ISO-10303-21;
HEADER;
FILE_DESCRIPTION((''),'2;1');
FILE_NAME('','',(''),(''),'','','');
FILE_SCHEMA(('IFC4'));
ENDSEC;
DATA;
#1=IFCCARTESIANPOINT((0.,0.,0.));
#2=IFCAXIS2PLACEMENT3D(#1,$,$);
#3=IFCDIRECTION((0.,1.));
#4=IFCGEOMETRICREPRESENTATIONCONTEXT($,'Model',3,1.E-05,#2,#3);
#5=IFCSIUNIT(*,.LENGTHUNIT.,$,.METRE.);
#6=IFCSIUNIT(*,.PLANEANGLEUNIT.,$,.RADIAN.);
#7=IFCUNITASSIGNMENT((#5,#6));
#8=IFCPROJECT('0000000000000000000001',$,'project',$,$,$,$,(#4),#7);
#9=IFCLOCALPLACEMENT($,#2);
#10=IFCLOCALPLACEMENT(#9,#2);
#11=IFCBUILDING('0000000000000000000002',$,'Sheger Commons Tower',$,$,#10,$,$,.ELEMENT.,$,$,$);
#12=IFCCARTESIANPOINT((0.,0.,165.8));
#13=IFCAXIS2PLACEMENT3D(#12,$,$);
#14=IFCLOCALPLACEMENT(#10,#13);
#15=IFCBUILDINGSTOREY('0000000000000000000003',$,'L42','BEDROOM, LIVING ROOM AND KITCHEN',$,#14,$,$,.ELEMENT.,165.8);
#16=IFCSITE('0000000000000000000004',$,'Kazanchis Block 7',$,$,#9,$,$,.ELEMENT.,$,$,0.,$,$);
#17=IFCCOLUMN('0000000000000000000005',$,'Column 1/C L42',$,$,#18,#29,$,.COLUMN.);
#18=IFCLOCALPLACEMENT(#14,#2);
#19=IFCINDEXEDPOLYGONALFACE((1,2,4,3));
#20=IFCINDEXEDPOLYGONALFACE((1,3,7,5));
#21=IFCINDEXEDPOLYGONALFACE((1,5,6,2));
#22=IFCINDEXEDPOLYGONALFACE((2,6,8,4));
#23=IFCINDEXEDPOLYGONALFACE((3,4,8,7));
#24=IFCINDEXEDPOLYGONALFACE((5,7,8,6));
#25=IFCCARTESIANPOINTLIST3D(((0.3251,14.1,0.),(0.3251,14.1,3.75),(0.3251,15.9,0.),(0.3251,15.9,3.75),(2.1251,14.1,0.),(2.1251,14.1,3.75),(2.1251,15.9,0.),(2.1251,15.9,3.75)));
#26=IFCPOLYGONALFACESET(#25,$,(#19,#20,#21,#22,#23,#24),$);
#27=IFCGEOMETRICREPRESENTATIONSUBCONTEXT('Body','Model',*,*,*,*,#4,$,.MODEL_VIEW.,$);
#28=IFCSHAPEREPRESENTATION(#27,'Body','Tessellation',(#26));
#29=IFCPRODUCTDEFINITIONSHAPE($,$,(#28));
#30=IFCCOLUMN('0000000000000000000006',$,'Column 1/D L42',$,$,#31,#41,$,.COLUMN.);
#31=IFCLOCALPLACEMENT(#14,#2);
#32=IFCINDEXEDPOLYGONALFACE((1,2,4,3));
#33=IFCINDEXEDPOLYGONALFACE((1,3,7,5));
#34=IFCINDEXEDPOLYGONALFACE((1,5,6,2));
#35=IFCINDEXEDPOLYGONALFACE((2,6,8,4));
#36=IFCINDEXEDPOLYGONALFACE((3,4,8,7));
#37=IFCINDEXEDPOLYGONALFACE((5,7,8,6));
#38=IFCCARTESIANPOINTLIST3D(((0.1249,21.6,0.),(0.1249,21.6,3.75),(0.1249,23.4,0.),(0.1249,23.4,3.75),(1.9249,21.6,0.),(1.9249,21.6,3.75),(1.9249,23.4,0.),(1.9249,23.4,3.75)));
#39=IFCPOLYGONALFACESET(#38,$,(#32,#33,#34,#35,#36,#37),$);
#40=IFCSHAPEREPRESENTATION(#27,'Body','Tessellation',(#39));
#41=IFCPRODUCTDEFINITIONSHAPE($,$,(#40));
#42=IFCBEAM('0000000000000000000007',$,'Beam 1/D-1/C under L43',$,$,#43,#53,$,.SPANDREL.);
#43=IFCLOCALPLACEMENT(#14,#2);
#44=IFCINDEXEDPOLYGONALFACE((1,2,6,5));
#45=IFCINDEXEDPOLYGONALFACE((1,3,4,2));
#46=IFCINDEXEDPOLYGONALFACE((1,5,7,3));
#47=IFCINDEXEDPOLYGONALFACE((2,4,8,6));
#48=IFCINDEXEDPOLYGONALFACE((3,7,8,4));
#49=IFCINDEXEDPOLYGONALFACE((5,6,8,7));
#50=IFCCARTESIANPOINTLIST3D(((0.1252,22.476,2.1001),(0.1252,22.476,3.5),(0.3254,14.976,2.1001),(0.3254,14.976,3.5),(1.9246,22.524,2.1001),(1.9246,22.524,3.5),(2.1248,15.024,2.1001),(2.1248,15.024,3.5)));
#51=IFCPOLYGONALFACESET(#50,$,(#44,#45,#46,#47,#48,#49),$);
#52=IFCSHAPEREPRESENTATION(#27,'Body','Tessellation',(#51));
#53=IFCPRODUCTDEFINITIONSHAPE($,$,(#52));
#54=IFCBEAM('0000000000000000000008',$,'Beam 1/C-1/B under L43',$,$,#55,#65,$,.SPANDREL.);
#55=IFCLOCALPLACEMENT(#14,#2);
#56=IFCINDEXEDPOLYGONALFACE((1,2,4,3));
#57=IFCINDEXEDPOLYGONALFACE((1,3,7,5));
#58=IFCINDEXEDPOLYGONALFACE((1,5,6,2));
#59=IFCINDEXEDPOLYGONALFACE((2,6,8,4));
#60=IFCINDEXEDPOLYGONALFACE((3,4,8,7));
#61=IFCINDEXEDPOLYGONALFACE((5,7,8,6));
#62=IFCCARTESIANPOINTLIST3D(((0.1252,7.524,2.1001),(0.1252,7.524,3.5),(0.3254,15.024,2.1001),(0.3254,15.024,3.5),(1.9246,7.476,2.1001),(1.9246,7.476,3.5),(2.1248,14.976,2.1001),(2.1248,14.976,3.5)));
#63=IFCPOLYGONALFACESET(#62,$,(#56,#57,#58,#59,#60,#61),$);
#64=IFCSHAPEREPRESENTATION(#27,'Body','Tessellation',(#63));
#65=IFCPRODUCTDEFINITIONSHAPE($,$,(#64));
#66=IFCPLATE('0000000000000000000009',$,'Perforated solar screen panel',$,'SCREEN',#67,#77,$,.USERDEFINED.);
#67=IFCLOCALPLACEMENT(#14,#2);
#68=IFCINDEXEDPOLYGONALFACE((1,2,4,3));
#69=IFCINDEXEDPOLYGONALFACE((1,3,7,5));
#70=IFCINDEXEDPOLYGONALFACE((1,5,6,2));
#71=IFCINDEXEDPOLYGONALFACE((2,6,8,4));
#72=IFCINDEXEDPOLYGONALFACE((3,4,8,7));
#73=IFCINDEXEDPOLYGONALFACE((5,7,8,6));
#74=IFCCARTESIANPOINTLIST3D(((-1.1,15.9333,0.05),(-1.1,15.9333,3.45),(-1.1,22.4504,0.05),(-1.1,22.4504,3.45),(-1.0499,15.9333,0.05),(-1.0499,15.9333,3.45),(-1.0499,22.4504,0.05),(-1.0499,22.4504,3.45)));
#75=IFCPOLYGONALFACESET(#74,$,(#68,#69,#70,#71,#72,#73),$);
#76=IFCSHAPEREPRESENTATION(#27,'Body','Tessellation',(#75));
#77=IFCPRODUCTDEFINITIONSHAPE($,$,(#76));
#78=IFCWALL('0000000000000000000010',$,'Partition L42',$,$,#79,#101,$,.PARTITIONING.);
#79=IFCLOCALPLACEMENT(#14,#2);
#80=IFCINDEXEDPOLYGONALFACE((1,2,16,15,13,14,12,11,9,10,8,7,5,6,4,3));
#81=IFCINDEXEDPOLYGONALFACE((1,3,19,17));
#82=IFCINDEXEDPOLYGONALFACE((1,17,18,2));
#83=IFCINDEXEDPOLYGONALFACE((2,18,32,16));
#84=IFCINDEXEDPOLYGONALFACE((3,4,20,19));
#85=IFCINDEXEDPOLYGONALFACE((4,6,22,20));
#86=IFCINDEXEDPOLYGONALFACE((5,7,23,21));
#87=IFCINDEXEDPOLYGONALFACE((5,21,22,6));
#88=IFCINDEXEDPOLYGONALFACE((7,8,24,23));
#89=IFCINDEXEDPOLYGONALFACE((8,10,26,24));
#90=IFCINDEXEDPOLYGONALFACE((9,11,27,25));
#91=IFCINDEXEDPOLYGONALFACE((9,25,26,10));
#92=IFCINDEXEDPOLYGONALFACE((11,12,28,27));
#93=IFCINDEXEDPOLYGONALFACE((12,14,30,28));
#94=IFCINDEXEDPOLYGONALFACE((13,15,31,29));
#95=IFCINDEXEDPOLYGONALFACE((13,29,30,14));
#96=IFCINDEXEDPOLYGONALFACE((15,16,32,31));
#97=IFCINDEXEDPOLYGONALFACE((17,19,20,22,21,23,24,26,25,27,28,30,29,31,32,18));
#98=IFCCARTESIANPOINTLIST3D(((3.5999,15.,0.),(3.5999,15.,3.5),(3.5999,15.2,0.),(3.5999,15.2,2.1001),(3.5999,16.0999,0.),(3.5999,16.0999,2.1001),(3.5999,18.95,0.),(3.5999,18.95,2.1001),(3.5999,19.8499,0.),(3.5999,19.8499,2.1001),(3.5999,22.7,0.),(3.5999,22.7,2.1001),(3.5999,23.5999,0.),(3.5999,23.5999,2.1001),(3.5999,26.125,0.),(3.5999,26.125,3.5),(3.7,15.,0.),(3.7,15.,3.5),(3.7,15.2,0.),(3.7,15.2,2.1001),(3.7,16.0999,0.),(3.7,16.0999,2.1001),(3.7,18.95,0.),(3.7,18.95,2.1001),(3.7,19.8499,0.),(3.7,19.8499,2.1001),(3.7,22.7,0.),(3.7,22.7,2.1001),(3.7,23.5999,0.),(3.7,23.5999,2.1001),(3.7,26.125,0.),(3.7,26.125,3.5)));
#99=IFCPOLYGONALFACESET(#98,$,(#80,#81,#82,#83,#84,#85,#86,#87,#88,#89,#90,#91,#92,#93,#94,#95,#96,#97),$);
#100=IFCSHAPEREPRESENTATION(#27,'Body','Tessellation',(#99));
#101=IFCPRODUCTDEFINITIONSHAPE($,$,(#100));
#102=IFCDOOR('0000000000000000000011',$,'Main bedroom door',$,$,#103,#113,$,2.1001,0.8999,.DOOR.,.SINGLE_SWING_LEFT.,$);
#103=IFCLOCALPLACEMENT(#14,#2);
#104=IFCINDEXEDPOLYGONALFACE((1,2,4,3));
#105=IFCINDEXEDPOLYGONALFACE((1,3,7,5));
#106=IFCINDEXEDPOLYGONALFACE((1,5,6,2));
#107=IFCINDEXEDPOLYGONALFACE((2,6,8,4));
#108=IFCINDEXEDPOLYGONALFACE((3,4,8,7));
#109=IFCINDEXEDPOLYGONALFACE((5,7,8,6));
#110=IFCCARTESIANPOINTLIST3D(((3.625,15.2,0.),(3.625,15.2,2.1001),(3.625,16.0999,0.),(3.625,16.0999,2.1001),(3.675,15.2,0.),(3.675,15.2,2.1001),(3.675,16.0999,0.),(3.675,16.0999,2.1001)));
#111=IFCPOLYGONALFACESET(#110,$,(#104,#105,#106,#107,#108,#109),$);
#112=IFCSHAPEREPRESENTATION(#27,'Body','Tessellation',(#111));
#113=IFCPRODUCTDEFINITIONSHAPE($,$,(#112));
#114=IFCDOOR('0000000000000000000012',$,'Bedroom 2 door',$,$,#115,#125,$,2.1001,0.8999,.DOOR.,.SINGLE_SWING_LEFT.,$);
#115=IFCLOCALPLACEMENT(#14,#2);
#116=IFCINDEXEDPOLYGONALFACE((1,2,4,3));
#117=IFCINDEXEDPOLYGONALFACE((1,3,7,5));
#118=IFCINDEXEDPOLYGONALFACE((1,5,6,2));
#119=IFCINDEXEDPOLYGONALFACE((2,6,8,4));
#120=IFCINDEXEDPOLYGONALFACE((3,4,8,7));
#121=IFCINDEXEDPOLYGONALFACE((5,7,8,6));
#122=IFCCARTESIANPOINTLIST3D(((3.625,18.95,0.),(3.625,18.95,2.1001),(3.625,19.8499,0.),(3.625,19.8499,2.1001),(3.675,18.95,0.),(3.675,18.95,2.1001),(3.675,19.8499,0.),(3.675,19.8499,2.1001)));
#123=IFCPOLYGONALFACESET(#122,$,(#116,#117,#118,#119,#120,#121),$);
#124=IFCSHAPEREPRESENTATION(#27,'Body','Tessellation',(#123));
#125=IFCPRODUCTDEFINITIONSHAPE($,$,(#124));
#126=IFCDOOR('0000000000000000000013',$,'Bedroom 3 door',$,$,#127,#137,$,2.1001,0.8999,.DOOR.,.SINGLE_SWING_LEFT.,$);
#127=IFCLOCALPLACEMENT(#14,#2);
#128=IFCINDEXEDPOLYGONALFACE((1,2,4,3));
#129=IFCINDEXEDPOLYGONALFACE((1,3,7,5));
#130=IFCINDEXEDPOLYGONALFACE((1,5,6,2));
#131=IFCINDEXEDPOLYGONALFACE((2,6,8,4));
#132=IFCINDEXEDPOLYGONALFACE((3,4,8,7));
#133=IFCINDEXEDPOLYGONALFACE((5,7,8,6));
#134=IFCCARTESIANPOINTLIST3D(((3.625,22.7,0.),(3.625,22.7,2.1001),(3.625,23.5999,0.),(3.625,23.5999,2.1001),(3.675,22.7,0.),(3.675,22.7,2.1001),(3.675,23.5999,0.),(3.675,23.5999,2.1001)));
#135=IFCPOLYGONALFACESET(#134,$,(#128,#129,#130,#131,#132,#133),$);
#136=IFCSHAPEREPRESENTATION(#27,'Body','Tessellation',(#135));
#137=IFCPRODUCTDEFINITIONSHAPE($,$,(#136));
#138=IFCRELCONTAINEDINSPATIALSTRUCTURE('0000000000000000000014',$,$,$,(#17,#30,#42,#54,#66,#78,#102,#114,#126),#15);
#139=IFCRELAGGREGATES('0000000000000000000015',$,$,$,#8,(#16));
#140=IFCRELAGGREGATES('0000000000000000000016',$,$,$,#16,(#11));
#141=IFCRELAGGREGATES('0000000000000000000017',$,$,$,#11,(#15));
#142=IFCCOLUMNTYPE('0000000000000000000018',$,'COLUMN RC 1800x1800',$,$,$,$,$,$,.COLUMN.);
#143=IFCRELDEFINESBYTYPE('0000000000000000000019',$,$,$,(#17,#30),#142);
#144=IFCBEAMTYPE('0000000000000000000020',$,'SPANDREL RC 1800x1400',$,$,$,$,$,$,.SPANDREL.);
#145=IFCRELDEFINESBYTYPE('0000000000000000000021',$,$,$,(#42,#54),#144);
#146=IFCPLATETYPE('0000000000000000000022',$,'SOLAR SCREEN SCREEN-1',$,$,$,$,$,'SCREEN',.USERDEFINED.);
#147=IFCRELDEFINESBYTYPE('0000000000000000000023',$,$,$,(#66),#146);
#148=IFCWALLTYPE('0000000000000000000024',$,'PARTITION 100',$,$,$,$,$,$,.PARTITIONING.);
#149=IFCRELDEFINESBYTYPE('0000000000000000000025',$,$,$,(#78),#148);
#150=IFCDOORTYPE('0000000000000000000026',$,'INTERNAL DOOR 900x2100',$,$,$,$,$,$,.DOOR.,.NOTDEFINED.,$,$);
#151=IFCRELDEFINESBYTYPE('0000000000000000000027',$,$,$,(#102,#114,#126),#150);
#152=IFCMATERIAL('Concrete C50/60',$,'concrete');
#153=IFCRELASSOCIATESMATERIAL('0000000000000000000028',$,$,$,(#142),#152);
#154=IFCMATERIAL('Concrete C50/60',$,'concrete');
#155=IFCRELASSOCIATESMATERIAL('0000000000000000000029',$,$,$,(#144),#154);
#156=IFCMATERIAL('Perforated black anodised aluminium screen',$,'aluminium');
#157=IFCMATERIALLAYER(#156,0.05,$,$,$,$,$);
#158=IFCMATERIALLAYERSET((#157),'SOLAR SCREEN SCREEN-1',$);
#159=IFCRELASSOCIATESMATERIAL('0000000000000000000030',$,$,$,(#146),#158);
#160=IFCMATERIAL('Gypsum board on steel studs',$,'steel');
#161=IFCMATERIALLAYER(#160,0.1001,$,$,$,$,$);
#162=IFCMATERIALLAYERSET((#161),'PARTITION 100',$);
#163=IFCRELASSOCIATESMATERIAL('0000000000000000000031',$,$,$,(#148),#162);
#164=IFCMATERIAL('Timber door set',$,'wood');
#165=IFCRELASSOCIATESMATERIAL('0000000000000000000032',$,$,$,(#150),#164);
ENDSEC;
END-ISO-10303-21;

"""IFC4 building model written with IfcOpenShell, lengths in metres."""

from ifc_helpers import new_model, si_unit, direction, frame, frame_2d, origin, origin_2d, place, context, subcontext, project, spatial, rectangle, extrude, material, layer, layer_set, material_profile, profile_set, type_object, element, fill, save


model = new_model("IFC4")

# Units and contexts
model_context = context("Model", 3, precision=1e-05, world=origin(), true_north=direction((0.0, 1.0)))
body_context = subcontext(model_context, "Body", "Model", "MODEL_VIEW")
ifc_project = project(units=[si_unit("LENGTHUNIT", "METRE"), si_unit("PLANEANGLEUNIT", "RADIAN")], contexts=[model_context])

# Site, building, storey
site_placement = place(None, origin())
site = spatial("IfcSite", under=ifc_project, at=site_placement, Name="Kazanchis Block 7", CompositionType="ELEMENT", RefElevation=0.0)
building_placement = place(site_placement, origin())
building = spatial("IfcBuilding", under=site, at=building_placement, Name="Sheger Commons Tower", CompositionType="ELEMENT")
storey_placement = place(building_placement, frame((0.0, 0.0, 165.8)))
storey = spatial("IfcBuildingStorey", under=building, at=storey_placement, Name="L42", Description="BEDROOM, LIVING ROOM AND KITCHEN", CompositionType="ELEMENT", Elevation=165.8)

# Columns
ifc_material_1 = material(Name="Concrete C50/60", Category="concrete")
ifc_material_profile_1 = material_profile(ifc_material_1, rectangle(XDim=1.8, YDim=1.8, at=origin_2d()), Name="RC 1800x1800")
ifc_profile_set_1 = profile_set([ifc_material_profile_1], Name="Concrete C50/60")
column_type = type_object("IfcColumnType", Name="COLUMN RC 1800x1800", PredefinedType="COLUMN", material=ifc_profile_set_1)
for number, where, z_axis, x_axis, name in (
    (1, (1.2251, 15.0, 0.0), (0.0, 0.0, 1.0), (1.0, 0.0, 0.0), "Column 1/C L42"),
    (2, (1.0249, 22.5, 0.0), (0.0, 0.0, 1.0), (1.0, 0.0, 0.0), "Column 1/D L42"),
):
    element("IfcColumn", number, at=place(storey_placement, frame(where, z_axis=z_axis, x_axis=x_axis)), inside=storey, type_object=column_type, Name=name, PredefinedType="COLUMN", context=body_context, shape_type="SweptSolid", body=[
        extrude(rectangle(XDim=1.8, YDim=1.8, at=origin_2d()), origin(), (0.0, 0.0, 1.0), 3.75),
    ])

# Beams
ifc_material_2 = material(Name="Concrete C50/60", Category="concrete")
ifc_material_profile_2 = material_profile(ifc_material_2, rectangle(XDim=1.8, YDim=1.3999, at=origin_2d()), Name="RC 1800x1400")
ifc_profile_set_2 = profile_set([ifc_material_profile_2], Name="Concrete C50/60")
beam_type = type_object("IfcBeamType", Name="SPANDREL RC 1800x1400", PredefinedType="SPANDREL", material=ifc_profile_set_2)
for number, where, z_axis, x_axis, name in (
    (3, (1.0249, 22.5, 2.8), (0.026683, -0.999644, 0.0), (0.999644, 0.026683, 0.0), "Beam 1/D-1/C under L43"),
    (4, (1.2251, 15.0, 2.8), (-0.026683, -0.999644, 0.0), (0.999644, -0.026683, 0.0), "Beam 1/C-1/B under L43"),
):
    element("IfcBeam", number, at=place(storey_placement, frame(where, z_axis=z_axis, x_axis=x_axis)), inside=storey, type_object=beam_type, Name=name, PredefinedType="SPANDREL", context=body_context, shape_type="SweptSolid", body=[
        extrude(rectangle(XDim=1.8, YDim=1.3999, at=origin_2d()), origin(), (0.0, 0.0, 1.0), 7.5027),
    ])

# Plate
ifc_material_3 = material(Name="Perforated black anodised aluminium screen", Category="aluminium")
ifc_layer_1 = layer(ifc_material_3, 0.05)
ifc_layer_set_1 = layer_set([ifc_layer_1], Name="SOLAR SCREEN SCREEN-1")
plate_type = type_object("IfcPlateType", Name="SOLAR SCREEN SCREEN-1", ElementType="SCREEN", PredefinedType="USERDEFINED", material=ifc_layer_set_1)
plate_placement = place(storey_placement, frame((-1.075, 19.1919, 0.05), z_axis=(0.0, 0.0, 1.0), x_axis=(0.0, -1.0, 0.0)))
element("IfcPlate", 5, at=plate_placement, inside=storey, type_object=plate_type, Name="Perforated solar screen panel", ObjectType="SCREEN", PredefinedType="USERDEFINED", context=body_context, shape_type="SweptSolid", body=[
    extrude(rectangle(XDim=6.5171, YDim=0.05, at=origin_2d()), origin(), (0.0, 0.0, 1.0), 3.3999),
])

# Wall, openings, doors
ifc_material_4 = material(Name="Gypsum board on steel studs", Category="steel")
ifc_layer_2 = layer(ifc_material_4, 0.1001)
ifc_layer_set_2 = layer_set([ifc_layer_2], Name="PARTITION 100")
wall_type = type_object("IfcWallType", Name="PARTITION 100", PredefinedType="PARTITIONING", material=ifc_layer_set_2)
wall_1_placement = place(storey_placement, frame((3.6499, 15.0, 0.0), z_axis=(0.0, 0.0, 1.0), x_axis=(0.0, 1.0, 0.0)))
wall_1 = element("IfcWall", 6, at=wall_1_placement, inside=storey, type_object=wall_type, Name="Partition L42", PredefinedType="PARTITIONING", context=body_context, shape_type="SweptSolid", body=[
    extrude(rectangle(XDim=11.125, YDim=0.1001, at=frame_2d((5.5625, 0.0))), origin(), (0.0, 0.0, 1.0), 3.5),
])
opening_1_placement = place(wall_1_placement, frame((0.2, 0.0, 0.0)))
opening_1 = element("IfcOpeningElement", 7, at=opening_1_placement, cuts=wall_1, PredefinedType="OPENING", context=body_context, shape_type="SweptSolid", body=[
    extrude(rectangle(XDim=0.8999, YDim=2.1001, at=frame_2d((0.45, 1.05))), frame((0.0, 0.0601, 0.0), z_axis=(0.0, -1.0, 0.0), x_axis=(1.0, 0.0, 0.0)), (0.0, 0.0, 1.0), 0.1201),
])
opening_2_placement = place(wall_1_placement, frame((3.95, 0.0, 0.0)))
opening_2 = element("IfcOpeningElement", 8, at=opening_2_placement, cuts=wall_1, PredefinedType="OPENING", context=body_context, shape_type="SweptSolid", body=[
    extrude(rectangle(XDim=0.8999, YDim=2.1001, at=frame_2d((0.45, 1.05))), frame((0.0, 0.0601, 0.0), z_axis=(0.0, -1.0, 0.0), x_axis=(1.0, 0.0, 0.0)), (0.0, 0.0, 1.0), 0.1201),
])
opening_3_placement = place(wall_1_placement, frame((7.7, 0.0, 0.0)))
opening_3 = element("IfcOpeningElement", 9, at=opening_3_placement, cuts=wall_1, PredefinedType="OPENING", context=body_context, shape_type="SweptSolid", body=[
    extrude(rectangle(XDim=0.8999, YDim=2.1001, at=frame_2d((0.45, 1.05))), frame((0.0, 0.0601, 0.0), z_axis=(0.0, -1.0, 0.0), x_axis=(1.0, 0.0, 0.0)), (0.0, 0.0, 1.0), 0.1201),
])
ifc_material_5 = material(Name="Timber door set", Category="wood")
door_type = type_object("IfcDoorType", Name="INTERNAL DOOR 900x2100", OperationType="NOTDEFINED", PredefinedType="DOOR", material=ifc_material_5)
door_1_placement = place(opening_1_placement, origin())
door_1 = element("IfcDoor", 10, at=door_1_placement, inside=storey, type_object=door_type, Name="Main bedroom door", OperationType="SINGLE_SWING_LEFT", OverallHeight=2.1001, OverallWidth=0.8999, PredefinedType="DOOR", context=body_context, shape_type="SweptSolid", body=[
    extrude(rectangle(XDim=0.8999, YDim=2.1001, at=frame_2d((0.45, 1.05))), frame((0.0, 0.0249, 0.0), z_axis=(0.0, -1.0, 0.0), x_axis=(1.0, 0.0, 0.0)), (0.0, 0.0, 1.0), 0.05),
])
fill(opening_1, door_1)
door_2_placement = place(opening_2_placement, origin())
door_2 = element("IfcDoor", 11, at=door_2_placement, inside=storey, type_object=door_type, Name="Bedroom 2 door", OperationType="SINGLE_SWING_LEFT", OverallHeight=2.1001, OverallWidth=0.8999, PredefinedType="DOOR", context=body_context, shape_type="SweptSolid", body=[
    extrude(rectangle(XDim=0.8999, YDim=2.1001, at=frame_2d((0.45, 1.05))), frame((0.0, 0.0249, 0.0), z_axis=(0.0, -1.0, 0.0), x_axis=(1.0, 0.0, 0.0)), (0.0, 0.0, 1.0), 0.05),
])
fill(opening_2, door_2)
door_3_placement = place(opening_3_placement, origin())
door_3 = element("IfcDoor", 12, at=door_3_placement, inside=storey, type_object=door_type, Name="Bedroom 3 door", OperationType="SINGLE_SWING_LEFT", OverallHeight=2.1001, OverallWidth=0.8999, PredefinedType="DOOR", context=body_context, shape_type="SweptSolid", body=[
    extrude(rectangle(XDim=0.8999, YDim=2.1001, at=frame_2d((0.45, 1.05))), frame((0.0, 0.0249, 0.0), z_axis=(0.0, -1.0, 0.0), x_axis=(1.0, 0.0, 0.0)), (0.0, 0.0, 1.0), 0.05),
])
fill(opening_3, door_3)

save(model, "model.ifc")
